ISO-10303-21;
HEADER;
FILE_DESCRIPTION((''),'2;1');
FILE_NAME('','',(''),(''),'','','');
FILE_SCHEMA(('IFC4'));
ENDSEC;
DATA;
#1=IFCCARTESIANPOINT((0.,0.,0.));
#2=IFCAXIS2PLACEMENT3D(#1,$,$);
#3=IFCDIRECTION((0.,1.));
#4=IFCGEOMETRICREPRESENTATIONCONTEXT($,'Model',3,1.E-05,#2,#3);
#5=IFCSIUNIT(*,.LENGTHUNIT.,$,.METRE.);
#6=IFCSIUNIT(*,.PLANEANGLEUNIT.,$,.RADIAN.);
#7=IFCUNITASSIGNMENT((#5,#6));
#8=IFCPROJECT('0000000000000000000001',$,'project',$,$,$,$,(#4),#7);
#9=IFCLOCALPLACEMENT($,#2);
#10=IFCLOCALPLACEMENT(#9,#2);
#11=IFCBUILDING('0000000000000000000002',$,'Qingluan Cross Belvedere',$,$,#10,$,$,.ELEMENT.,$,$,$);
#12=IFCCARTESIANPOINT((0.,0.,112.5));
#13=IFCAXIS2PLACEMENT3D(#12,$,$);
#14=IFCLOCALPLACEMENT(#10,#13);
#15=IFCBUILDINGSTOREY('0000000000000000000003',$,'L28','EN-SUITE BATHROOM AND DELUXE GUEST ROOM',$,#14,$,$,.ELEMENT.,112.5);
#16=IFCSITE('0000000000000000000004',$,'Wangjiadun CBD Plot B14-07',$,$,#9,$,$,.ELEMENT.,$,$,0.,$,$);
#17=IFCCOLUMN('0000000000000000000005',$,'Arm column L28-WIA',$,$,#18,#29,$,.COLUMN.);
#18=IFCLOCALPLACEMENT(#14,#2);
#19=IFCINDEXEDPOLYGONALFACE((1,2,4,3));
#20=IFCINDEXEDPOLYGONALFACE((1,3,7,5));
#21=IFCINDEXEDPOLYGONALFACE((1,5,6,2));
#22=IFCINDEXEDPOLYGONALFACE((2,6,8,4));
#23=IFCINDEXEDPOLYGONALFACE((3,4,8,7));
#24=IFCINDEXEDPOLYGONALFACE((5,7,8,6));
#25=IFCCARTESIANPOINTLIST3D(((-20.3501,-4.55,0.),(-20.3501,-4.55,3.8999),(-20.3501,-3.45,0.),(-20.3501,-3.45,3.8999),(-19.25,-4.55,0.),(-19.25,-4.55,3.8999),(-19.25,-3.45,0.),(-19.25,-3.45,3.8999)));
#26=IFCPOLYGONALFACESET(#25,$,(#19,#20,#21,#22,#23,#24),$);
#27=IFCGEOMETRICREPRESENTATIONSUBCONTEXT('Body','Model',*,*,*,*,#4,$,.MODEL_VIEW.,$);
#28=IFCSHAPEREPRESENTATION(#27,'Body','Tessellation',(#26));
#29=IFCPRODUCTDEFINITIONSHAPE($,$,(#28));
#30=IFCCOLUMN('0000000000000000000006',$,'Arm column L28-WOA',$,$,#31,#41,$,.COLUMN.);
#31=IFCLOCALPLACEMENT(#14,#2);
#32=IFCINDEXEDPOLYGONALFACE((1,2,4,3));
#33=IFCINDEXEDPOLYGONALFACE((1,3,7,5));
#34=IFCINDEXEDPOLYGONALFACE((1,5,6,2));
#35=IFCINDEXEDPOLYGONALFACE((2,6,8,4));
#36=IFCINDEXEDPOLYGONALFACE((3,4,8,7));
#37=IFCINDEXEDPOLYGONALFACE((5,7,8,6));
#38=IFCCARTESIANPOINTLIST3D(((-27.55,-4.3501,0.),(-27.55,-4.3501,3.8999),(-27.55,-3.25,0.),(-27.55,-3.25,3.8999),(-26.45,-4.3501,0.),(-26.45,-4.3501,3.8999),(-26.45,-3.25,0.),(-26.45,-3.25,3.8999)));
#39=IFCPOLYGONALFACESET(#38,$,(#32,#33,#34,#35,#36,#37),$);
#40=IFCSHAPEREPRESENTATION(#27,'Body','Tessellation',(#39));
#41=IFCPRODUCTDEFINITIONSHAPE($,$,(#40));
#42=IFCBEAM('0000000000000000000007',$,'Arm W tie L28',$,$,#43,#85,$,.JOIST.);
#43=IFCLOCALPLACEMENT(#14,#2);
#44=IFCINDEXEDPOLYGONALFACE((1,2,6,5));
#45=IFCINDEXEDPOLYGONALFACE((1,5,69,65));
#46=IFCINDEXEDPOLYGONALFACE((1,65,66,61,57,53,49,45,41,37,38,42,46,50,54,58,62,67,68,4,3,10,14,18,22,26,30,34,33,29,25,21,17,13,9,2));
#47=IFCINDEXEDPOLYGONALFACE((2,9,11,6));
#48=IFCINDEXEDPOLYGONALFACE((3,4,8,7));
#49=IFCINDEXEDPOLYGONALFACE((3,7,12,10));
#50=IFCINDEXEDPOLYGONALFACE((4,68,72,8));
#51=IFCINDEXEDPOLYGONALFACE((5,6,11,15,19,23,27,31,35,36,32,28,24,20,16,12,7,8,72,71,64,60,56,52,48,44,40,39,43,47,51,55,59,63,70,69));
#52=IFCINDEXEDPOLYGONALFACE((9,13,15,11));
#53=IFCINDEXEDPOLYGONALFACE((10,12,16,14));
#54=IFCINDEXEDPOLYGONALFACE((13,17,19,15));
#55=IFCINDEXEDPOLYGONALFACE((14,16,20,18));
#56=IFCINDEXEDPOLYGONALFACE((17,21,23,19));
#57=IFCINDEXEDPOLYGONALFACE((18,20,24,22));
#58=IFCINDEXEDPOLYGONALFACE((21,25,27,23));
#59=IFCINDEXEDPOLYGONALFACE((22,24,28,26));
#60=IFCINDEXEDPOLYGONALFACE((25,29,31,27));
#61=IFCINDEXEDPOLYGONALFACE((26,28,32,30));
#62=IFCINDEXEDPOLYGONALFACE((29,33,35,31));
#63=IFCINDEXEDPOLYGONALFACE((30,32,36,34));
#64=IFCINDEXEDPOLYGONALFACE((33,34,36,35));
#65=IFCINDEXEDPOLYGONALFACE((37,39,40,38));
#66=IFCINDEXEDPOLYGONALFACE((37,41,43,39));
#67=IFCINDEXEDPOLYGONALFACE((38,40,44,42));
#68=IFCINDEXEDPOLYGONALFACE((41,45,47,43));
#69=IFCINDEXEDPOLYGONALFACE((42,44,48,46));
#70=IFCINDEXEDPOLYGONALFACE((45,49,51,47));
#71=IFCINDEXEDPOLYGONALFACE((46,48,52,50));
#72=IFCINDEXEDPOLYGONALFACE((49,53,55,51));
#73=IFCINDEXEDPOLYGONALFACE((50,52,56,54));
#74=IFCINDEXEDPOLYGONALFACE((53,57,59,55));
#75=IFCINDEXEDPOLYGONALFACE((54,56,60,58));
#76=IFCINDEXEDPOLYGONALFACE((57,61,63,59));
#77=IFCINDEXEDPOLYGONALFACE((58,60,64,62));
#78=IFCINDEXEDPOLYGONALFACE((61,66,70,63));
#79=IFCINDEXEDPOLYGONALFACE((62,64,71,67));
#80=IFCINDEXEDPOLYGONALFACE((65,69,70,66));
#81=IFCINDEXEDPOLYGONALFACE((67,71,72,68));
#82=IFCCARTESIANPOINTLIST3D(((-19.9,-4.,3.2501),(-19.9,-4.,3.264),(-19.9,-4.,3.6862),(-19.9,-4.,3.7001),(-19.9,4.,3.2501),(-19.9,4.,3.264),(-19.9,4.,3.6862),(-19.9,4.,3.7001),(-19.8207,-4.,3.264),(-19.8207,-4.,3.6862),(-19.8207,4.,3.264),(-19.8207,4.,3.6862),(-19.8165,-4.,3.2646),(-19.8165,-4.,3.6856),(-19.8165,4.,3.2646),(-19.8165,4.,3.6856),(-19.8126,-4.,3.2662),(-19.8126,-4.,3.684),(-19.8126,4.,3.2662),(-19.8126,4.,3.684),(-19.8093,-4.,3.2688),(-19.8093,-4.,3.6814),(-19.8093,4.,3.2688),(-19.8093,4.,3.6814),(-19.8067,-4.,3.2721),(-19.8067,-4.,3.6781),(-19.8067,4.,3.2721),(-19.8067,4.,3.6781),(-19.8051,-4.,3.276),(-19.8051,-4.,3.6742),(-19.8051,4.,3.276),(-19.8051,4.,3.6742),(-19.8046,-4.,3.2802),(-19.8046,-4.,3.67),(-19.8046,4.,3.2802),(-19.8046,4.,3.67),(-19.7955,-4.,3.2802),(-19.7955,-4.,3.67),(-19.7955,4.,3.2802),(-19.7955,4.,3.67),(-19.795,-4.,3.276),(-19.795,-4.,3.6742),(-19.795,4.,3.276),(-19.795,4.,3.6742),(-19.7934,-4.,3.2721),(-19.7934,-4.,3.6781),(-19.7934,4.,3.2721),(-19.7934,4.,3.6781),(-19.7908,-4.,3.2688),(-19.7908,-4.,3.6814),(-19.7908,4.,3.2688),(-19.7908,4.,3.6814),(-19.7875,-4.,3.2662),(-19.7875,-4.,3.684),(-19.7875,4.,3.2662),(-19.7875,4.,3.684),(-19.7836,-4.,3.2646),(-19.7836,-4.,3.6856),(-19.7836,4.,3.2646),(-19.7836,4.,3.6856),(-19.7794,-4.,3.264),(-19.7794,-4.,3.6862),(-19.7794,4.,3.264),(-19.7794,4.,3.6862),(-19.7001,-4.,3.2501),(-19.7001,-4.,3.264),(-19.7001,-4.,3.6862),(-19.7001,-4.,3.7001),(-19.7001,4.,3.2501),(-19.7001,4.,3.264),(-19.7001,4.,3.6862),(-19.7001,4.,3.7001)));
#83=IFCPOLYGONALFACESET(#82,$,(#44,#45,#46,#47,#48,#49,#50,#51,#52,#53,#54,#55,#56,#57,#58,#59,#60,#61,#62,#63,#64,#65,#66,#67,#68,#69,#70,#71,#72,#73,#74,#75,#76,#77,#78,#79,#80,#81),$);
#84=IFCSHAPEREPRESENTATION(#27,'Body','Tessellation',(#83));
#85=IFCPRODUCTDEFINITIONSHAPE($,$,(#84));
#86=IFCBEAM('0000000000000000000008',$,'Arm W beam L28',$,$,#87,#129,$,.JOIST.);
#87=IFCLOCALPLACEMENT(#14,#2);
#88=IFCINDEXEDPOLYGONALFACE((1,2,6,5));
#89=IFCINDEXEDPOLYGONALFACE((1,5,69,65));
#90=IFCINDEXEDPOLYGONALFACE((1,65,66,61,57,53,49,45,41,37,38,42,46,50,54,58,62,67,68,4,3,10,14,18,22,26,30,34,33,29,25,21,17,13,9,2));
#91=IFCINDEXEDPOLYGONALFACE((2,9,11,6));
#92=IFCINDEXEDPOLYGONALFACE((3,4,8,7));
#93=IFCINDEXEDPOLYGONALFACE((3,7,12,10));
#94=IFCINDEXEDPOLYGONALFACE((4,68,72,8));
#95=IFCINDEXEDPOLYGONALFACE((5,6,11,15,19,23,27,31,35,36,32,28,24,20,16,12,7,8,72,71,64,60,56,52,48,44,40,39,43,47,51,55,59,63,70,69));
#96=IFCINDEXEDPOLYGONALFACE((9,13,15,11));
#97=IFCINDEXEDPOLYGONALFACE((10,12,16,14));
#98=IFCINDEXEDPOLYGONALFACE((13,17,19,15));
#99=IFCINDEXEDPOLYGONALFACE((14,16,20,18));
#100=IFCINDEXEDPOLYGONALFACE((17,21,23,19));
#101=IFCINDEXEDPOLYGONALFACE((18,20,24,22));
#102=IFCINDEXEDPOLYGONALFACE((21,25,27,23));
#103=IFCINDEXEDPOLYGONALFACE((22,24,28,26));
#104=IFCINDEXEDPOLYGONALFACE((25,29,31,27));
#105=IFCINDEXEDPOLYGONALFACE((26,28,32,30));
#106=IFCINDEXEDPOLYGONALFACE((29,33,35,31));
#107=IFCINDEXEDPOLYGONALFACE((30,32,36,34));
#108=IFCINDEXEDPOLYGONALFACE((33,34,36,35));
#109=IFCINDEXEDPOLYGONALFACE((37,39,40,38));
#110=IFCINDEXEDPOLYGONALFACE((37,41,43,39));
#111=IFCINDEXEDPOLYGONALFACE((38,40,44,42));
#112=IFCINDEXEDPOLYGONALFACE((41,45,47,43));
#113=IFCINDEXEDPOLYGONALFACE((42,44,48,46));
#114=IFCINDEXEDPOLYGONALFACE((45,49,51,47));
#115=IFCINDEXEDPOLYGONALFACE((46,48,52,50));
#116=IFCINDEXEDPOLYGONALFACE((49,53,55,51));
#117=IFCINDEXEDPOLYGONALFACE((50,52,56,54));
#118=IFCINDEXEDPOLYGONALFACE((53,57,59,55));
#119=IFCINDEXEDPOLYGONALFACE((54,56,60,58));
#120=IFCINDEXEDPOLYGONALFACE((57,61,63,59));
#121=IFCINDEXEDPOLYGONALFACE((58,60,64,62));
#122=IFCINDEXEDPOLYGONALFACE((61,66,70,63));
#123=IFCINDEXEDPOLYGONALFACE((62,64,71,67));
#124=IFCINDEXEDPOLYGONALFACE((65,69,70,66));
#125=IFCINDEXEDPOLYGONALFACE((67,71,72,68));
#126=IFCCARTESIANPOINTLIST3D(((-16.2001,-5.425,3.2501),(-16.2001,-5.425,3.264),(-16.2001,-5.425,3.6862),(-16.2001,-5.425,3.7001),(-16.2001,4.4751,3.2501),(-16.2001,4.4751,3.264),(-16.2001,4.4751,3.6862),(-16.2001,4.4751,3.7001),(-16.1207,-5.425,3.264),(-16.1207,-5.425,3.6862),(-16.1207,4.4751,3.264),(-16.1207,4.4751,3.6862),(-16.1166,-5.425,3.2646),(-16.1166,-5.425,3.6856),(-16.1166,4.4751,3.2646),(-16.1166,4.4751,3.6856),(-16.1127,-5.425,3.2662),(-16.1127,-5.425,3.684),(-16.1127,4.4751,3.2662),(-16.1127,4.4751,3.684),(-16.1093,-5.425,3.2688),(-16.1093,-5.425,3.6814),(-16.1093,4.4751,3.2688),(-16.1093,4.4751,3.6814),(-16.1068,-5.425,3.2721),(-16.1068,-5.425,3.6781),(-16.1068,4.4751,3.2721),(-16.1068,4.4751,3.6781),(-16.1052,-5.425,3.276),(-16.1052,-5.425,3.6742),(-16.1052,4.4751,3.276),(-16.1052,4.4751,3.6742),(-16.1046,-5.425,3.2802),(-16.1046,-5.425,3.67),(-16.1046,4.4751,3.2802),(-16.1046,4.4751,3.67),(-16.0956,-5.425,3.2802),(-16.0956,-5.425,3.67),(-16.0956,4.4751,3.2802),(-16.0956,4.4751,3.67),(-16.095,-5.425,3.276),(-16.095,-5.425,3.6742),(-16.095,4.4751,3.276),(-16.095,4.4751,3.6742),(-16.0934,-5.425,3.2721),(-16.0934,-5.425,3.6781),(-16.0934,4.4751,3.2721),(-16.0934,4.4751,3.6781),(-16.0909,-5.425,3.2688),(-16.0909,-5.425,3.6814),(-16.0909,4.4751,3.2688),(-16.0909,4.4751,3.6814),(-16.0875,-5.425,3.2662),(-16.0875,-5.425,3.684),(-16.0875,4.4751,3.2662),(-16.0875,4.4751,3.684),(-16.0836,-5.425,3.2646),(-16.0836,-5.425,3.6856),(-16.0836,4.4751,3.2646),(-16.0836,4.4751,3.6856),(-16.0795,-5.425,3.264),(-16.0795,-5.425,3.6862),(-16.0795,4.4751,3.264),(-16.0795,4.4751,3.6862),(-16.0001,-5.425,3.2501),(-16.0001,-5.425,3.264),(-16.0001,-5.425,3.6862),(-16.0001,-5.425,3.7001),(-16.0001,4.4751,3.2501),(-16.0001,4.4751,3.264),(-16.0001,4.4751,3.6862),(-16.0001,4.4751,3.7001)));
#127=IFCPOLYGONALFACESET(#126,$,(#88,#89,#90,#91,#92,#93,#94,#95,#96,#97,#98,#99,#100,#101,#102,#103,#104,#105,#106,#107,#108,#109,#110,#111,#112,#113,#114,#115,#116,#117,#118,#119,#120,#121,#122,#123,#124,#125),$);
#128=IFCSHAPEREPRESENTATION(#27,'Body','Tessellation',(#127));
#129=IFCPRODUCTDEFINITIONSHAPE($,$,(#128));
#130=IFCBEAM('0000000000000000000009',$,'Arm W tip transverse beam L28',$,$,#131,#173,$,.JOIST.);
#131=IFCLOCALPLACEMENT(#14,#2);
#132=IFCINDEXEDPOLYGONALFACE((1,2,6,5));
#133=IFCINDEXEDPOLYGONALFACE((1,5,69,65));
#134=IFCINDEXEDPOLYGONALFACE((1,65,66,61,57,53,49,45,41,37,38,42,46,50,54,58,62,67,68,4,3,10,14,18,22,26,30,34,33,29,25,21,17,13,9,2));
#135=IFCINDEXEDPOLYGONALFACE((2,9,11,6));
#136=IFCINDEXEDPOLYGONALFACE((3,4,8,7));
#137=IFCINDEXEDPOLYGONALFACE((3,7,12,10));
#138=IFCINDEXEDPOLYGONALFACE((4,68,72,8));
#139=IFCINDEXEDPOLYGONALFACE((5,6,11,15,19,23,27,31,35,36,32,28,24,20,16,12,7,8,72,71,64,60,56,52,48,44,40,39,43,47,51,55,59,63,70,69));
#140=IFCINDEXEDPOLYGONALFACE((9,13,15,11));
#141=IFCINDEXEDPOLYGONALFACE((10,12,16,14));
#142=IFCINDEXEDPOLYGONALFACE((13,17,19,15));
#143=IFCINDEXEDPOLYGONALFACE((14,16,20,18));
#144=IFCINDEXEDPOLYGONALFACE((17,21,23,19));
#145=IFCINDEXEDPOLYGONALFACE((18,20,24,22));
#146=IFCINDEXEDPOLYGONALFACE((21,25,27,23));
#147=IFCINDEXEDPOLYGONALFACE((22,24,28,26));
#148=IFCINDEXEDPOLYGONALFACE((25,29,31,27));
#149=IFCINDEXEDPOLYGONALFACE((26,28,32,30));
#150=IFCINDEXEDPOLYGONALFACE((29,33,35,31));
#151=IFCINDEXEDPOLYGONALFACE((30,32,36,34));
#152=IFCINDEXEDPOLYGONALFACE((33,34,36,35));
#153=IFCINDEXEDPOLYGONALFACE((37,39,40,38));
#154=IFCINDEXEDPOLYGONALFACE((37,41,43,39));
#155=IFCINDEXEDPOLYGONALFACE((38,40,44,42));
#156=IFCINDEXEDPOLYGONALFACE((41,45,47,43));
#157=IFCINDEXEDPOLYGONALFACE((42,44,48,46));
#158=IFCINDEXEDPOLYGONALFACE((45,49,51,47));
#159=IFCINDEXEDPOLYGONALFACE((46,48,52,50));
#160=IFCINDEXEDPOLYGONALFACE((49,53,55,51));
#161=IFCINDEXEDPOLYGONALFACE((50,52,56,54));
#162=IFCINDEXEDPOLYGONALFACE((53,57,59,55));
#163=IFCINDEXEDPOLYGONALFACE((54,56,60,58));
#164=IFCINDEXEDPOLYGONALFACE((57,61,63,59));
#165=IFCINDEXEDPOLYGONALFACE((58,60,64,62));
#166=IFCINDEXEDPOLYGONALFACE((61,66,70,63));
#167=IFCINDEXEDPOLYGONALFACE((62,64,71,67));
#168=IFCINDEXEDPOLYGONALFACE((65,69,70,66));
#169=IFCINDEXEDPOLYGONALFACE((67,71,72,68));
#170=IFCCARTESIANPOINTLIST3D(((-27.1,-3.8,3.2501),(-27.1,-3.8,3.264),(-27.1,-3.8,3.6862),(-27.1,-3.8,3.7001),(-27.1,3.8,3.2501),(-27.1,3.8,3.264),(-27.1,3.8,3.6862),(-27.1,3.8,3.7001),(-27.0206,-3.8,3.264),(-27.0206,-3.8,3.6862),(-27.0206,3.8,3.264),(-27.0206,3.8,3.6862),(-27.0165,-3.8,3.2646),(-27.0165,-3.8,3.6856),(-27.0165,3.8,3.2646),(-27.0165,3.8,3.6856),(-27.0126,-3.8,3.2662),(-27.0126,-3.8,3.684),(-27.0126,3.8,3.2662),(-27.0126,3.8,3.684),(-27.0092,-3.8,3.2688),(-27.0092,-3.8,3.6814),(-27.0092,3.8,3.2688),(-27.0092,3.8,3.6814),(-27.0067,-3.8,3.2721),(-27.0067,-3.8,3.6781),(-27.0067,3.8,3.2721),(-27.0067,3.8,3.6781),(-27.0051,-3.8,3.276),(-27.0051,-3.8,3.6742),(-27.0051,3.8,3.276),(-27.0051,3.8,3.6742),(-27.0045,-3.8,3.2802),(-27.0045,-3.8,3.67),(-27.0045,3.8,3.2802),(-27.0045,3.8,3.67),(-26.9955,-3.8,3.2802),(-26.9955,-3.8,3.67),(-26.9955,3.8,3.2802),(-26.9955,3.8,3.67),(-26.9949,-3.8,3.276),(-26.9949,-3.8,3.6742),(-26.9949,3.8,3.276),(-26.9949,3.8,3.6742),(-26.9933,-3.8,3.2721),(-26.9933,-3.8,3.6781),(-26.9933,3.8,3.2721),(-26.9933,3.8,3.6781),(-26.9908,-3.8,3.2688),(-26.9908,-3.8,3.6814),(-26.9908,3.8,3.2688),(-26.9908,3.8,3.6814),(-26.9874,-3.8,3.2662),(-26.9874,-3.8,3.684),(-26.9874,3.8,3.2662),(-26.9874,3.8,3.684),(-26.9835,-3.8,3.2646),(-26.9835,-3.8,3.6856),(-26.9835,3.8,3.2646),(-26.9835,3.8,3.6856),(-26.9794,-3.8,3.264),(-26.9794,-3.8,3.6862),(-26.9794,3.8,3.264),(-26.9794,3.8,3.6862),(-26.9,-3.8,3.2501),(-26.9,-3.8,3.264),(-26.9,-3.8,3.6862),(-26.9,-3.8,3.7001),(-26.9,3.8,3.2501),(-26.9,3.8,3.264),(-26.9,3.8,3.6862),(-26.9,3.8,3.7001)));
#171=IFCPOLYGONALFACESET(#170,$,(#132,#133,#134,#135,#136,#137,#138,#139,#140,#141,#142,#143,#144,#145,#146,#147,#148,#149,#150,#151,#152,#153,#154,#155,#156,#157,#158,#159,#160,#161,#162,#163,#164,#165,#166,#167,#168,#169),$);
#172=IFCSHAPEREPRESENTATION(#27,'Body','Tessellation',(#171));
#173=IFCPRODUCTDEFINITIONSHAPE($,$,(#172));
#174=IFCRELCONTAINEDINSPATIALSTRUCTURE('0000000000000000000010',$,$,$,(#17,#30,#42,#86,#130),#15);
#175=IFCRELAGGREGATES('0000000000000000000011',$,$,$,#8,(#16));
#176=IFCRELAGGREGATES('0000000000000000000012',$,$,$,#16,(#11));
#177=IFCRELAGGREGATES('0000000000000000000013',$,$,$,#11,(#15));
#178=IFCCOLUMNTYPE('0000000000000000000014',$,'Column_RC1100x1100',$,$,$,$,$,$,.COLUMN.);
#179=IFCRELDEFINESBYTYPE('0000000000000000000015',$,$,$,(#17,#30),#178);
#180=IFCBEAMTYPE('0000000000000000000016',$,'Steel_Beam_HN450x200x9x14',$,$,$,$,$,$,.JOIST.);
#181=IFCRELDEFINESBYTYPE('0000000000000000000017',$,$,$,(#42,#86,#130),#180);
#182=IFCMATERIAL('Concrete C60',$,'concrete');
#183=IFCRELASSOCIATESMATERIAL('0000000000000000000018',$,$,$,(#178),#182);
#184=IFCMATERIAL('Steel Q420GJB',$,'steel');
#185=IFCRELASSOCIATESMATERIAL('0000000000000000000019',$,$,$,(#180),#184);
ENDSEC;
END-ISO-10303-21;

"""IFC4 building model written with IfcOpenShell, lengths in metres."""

from ifc_helpers import new_model, si_unit, direction, frame, origin, origin_2d, place, context, subcontext, project, spatial, rectangle, i_section, extrude, material, material_profile, profile_set, type_object, element, save


model = new_model("IFC4")

# Units and contexts
model_context = context("Model", 3, precision=1e-05, world=origin(), true_north=direction((0.0, 1.0)))
body_context = subcontext(model_context, "Body", "Model", "MODEL_VIEW")
ifc_project = project(units=[si_unit("LENGTHUNIT", "METRE"), si_unit("PLANEANGLEUNIT", "RADIAN")], contexts=[model_context])

# Site, building, storey
site_placement = place(None, origin())
site = spatial("IfcSite", under=ifc_project, at=site_placement, Name="Wangjiadun CBD Plot B14-07", CompositionType="ELEMENT", RefElevation=0.0)
building_placement = place(site_placement, origin())
building = spatial("IfcBuilding", under=site, at=building_placement, Name="Qingluan Cross Belvedere", CompositionType="ELEMENT")
storey_placement = place(building_placement, frame((0.0, 0.0, 112.5)))
storey = spatial("IfcBuildingStorey", under=building, at=storey_placement, Name="L28", Description="EN-SUITE BATHROOM AND DELUXE GUEST ROOM", CompositionType="ELEMENT", Elevation=112.5)

# Columns
ifc_material_1 = material(Name="Concrete C60", Category="concrete")
ifc_material_profile_1 = material_profile(ifc_material_1, rectangle(XDim=1.1001, YDim=1.1001, at=origin_2d()), Name="RC1100x1100")
ifc_profile_set_1 = profile_set([ifc_material_profile_1], Name="Concrete C60")
column_type = type_object("IfcColumnType", Name="Column_RC1100x1100", PredefinedType="COLUMN", material=ifc_profile_set_1)
for number, where, z_axis, x_axis, name in (
    (1, (-19.8, -4.0, 0.0), (0.0, 0.0, 1.0), (1.0, 0.0, 0.0), "Arm column L28-WIA"),
    (2, (-27.0, -3.8, 0.0), (0.0, 0.0, 1.0), (1.0, 0.0, 0.0), "Arm column L28-WOA"),
):
    element("IfcColumn", number, at=place(storey_placement, frame(where, z_axis=z_axis, x_axis=x_axis)), inside=storey, type_object=column_type, Name=name, PredefinedType="COLUMN", context=body_context, shape_type="SweptSolid", body=[
        extrude(rectangle(XDim=1.1001, YDim=1.1001, at=origin_2d()), origin(), (0.0, 0.0, 1.0), 3.8999),
    ])

# Beams
ifc_material_2 = material(Name="Steel Q420GJB", Category="steel")
ifc_material_profile_2 = material_profile(ifc_material_2, i_section(OverallWidth=0.2, OverallDepth=0.45, WebThickness=0.009, FlangeThickness=0.0139, FilletRadius=0.0161, at=origin_2d()), Name="HN450x200x9x14")
ifc_profile_set_2 = profile_set([ifc_material_profile_2], Name="Steel Q420GJB")
beam_type_1 = type_object("IfcBeamType", Name="Steel_Beam_HN450x200x9x14", PredefinedType="JOIST", material=ifc_profile_set_2)
beam_1_placement = place(storey_placement, frame((-19.8, -4.0, 3.4751), z_axis=(0.0, 1.0, 0.0), x_axis=(-1.0, 0.0, 0.0)))
element("IfcBeam", 3, at=beam_1_placement, inside=storey, type_object=beam_type_1, Name="Arm W tie L28", PredefinedType="JOIST", context=body_context, shape_type="SweptSolid", body=[
    extrude(i_section(OverallWidth=0.2, OverallDepth=0.45, WebThickness=0.009, FlangeThickness=0.0139, FilletRadius=0.0161, at=origin_2d()), origin(), (0.0, 0.0, 1.0), 8.0),
])
beam_2_placement = place(storey_placement, frame((-16.1001, -5.425, 3.4751), z_axis=(0.0, 1.0, 0.0), x_axis=(-1.0, 0.0, 0.0)))
element("IfcBeam", 4, at=beam_2_placement, inside=storey, type_object=beam_type_1, Name="Arm W beam L28", PredefinedType="JOIST", context=body_context, shape_type="SweptSolid", body=[
    extrude(i_section(OverallWidth=0.2, OverallDepth=0.45, WebThickness=0.009, FlangeThickness=0.0139, FilletRadius=0.0161, at=origin_2d()), origin(), (0.0, 0.0, 1.0), 9.9001),
])
beam_3_placement = place(storey_placement, frame((-27.0, -3.8, 3.4751), z_axis=(0.0, 1.0, 0.0), x_axis=(-1.0, 0.0, 0.0)))
element("IfcBeam", 5, at=beam_3_placement, inside=storey, type_object=beam_type_1, Name="Arm W tip transverse beam L28", PredefinedType="JOIST", context=body_context, shape_type="SweptSolid", body=[
    extrude(i_section(OverallWidth=0.2, OverallDepth=0.45, WebThickness=0.009, FlangeThickness=0.0139, FilletRadius=0.0161, at=origin_2d()), origin(), (0.0, 0.0, 1.0), 7.6001),
])

save(model, "model.ifc")
